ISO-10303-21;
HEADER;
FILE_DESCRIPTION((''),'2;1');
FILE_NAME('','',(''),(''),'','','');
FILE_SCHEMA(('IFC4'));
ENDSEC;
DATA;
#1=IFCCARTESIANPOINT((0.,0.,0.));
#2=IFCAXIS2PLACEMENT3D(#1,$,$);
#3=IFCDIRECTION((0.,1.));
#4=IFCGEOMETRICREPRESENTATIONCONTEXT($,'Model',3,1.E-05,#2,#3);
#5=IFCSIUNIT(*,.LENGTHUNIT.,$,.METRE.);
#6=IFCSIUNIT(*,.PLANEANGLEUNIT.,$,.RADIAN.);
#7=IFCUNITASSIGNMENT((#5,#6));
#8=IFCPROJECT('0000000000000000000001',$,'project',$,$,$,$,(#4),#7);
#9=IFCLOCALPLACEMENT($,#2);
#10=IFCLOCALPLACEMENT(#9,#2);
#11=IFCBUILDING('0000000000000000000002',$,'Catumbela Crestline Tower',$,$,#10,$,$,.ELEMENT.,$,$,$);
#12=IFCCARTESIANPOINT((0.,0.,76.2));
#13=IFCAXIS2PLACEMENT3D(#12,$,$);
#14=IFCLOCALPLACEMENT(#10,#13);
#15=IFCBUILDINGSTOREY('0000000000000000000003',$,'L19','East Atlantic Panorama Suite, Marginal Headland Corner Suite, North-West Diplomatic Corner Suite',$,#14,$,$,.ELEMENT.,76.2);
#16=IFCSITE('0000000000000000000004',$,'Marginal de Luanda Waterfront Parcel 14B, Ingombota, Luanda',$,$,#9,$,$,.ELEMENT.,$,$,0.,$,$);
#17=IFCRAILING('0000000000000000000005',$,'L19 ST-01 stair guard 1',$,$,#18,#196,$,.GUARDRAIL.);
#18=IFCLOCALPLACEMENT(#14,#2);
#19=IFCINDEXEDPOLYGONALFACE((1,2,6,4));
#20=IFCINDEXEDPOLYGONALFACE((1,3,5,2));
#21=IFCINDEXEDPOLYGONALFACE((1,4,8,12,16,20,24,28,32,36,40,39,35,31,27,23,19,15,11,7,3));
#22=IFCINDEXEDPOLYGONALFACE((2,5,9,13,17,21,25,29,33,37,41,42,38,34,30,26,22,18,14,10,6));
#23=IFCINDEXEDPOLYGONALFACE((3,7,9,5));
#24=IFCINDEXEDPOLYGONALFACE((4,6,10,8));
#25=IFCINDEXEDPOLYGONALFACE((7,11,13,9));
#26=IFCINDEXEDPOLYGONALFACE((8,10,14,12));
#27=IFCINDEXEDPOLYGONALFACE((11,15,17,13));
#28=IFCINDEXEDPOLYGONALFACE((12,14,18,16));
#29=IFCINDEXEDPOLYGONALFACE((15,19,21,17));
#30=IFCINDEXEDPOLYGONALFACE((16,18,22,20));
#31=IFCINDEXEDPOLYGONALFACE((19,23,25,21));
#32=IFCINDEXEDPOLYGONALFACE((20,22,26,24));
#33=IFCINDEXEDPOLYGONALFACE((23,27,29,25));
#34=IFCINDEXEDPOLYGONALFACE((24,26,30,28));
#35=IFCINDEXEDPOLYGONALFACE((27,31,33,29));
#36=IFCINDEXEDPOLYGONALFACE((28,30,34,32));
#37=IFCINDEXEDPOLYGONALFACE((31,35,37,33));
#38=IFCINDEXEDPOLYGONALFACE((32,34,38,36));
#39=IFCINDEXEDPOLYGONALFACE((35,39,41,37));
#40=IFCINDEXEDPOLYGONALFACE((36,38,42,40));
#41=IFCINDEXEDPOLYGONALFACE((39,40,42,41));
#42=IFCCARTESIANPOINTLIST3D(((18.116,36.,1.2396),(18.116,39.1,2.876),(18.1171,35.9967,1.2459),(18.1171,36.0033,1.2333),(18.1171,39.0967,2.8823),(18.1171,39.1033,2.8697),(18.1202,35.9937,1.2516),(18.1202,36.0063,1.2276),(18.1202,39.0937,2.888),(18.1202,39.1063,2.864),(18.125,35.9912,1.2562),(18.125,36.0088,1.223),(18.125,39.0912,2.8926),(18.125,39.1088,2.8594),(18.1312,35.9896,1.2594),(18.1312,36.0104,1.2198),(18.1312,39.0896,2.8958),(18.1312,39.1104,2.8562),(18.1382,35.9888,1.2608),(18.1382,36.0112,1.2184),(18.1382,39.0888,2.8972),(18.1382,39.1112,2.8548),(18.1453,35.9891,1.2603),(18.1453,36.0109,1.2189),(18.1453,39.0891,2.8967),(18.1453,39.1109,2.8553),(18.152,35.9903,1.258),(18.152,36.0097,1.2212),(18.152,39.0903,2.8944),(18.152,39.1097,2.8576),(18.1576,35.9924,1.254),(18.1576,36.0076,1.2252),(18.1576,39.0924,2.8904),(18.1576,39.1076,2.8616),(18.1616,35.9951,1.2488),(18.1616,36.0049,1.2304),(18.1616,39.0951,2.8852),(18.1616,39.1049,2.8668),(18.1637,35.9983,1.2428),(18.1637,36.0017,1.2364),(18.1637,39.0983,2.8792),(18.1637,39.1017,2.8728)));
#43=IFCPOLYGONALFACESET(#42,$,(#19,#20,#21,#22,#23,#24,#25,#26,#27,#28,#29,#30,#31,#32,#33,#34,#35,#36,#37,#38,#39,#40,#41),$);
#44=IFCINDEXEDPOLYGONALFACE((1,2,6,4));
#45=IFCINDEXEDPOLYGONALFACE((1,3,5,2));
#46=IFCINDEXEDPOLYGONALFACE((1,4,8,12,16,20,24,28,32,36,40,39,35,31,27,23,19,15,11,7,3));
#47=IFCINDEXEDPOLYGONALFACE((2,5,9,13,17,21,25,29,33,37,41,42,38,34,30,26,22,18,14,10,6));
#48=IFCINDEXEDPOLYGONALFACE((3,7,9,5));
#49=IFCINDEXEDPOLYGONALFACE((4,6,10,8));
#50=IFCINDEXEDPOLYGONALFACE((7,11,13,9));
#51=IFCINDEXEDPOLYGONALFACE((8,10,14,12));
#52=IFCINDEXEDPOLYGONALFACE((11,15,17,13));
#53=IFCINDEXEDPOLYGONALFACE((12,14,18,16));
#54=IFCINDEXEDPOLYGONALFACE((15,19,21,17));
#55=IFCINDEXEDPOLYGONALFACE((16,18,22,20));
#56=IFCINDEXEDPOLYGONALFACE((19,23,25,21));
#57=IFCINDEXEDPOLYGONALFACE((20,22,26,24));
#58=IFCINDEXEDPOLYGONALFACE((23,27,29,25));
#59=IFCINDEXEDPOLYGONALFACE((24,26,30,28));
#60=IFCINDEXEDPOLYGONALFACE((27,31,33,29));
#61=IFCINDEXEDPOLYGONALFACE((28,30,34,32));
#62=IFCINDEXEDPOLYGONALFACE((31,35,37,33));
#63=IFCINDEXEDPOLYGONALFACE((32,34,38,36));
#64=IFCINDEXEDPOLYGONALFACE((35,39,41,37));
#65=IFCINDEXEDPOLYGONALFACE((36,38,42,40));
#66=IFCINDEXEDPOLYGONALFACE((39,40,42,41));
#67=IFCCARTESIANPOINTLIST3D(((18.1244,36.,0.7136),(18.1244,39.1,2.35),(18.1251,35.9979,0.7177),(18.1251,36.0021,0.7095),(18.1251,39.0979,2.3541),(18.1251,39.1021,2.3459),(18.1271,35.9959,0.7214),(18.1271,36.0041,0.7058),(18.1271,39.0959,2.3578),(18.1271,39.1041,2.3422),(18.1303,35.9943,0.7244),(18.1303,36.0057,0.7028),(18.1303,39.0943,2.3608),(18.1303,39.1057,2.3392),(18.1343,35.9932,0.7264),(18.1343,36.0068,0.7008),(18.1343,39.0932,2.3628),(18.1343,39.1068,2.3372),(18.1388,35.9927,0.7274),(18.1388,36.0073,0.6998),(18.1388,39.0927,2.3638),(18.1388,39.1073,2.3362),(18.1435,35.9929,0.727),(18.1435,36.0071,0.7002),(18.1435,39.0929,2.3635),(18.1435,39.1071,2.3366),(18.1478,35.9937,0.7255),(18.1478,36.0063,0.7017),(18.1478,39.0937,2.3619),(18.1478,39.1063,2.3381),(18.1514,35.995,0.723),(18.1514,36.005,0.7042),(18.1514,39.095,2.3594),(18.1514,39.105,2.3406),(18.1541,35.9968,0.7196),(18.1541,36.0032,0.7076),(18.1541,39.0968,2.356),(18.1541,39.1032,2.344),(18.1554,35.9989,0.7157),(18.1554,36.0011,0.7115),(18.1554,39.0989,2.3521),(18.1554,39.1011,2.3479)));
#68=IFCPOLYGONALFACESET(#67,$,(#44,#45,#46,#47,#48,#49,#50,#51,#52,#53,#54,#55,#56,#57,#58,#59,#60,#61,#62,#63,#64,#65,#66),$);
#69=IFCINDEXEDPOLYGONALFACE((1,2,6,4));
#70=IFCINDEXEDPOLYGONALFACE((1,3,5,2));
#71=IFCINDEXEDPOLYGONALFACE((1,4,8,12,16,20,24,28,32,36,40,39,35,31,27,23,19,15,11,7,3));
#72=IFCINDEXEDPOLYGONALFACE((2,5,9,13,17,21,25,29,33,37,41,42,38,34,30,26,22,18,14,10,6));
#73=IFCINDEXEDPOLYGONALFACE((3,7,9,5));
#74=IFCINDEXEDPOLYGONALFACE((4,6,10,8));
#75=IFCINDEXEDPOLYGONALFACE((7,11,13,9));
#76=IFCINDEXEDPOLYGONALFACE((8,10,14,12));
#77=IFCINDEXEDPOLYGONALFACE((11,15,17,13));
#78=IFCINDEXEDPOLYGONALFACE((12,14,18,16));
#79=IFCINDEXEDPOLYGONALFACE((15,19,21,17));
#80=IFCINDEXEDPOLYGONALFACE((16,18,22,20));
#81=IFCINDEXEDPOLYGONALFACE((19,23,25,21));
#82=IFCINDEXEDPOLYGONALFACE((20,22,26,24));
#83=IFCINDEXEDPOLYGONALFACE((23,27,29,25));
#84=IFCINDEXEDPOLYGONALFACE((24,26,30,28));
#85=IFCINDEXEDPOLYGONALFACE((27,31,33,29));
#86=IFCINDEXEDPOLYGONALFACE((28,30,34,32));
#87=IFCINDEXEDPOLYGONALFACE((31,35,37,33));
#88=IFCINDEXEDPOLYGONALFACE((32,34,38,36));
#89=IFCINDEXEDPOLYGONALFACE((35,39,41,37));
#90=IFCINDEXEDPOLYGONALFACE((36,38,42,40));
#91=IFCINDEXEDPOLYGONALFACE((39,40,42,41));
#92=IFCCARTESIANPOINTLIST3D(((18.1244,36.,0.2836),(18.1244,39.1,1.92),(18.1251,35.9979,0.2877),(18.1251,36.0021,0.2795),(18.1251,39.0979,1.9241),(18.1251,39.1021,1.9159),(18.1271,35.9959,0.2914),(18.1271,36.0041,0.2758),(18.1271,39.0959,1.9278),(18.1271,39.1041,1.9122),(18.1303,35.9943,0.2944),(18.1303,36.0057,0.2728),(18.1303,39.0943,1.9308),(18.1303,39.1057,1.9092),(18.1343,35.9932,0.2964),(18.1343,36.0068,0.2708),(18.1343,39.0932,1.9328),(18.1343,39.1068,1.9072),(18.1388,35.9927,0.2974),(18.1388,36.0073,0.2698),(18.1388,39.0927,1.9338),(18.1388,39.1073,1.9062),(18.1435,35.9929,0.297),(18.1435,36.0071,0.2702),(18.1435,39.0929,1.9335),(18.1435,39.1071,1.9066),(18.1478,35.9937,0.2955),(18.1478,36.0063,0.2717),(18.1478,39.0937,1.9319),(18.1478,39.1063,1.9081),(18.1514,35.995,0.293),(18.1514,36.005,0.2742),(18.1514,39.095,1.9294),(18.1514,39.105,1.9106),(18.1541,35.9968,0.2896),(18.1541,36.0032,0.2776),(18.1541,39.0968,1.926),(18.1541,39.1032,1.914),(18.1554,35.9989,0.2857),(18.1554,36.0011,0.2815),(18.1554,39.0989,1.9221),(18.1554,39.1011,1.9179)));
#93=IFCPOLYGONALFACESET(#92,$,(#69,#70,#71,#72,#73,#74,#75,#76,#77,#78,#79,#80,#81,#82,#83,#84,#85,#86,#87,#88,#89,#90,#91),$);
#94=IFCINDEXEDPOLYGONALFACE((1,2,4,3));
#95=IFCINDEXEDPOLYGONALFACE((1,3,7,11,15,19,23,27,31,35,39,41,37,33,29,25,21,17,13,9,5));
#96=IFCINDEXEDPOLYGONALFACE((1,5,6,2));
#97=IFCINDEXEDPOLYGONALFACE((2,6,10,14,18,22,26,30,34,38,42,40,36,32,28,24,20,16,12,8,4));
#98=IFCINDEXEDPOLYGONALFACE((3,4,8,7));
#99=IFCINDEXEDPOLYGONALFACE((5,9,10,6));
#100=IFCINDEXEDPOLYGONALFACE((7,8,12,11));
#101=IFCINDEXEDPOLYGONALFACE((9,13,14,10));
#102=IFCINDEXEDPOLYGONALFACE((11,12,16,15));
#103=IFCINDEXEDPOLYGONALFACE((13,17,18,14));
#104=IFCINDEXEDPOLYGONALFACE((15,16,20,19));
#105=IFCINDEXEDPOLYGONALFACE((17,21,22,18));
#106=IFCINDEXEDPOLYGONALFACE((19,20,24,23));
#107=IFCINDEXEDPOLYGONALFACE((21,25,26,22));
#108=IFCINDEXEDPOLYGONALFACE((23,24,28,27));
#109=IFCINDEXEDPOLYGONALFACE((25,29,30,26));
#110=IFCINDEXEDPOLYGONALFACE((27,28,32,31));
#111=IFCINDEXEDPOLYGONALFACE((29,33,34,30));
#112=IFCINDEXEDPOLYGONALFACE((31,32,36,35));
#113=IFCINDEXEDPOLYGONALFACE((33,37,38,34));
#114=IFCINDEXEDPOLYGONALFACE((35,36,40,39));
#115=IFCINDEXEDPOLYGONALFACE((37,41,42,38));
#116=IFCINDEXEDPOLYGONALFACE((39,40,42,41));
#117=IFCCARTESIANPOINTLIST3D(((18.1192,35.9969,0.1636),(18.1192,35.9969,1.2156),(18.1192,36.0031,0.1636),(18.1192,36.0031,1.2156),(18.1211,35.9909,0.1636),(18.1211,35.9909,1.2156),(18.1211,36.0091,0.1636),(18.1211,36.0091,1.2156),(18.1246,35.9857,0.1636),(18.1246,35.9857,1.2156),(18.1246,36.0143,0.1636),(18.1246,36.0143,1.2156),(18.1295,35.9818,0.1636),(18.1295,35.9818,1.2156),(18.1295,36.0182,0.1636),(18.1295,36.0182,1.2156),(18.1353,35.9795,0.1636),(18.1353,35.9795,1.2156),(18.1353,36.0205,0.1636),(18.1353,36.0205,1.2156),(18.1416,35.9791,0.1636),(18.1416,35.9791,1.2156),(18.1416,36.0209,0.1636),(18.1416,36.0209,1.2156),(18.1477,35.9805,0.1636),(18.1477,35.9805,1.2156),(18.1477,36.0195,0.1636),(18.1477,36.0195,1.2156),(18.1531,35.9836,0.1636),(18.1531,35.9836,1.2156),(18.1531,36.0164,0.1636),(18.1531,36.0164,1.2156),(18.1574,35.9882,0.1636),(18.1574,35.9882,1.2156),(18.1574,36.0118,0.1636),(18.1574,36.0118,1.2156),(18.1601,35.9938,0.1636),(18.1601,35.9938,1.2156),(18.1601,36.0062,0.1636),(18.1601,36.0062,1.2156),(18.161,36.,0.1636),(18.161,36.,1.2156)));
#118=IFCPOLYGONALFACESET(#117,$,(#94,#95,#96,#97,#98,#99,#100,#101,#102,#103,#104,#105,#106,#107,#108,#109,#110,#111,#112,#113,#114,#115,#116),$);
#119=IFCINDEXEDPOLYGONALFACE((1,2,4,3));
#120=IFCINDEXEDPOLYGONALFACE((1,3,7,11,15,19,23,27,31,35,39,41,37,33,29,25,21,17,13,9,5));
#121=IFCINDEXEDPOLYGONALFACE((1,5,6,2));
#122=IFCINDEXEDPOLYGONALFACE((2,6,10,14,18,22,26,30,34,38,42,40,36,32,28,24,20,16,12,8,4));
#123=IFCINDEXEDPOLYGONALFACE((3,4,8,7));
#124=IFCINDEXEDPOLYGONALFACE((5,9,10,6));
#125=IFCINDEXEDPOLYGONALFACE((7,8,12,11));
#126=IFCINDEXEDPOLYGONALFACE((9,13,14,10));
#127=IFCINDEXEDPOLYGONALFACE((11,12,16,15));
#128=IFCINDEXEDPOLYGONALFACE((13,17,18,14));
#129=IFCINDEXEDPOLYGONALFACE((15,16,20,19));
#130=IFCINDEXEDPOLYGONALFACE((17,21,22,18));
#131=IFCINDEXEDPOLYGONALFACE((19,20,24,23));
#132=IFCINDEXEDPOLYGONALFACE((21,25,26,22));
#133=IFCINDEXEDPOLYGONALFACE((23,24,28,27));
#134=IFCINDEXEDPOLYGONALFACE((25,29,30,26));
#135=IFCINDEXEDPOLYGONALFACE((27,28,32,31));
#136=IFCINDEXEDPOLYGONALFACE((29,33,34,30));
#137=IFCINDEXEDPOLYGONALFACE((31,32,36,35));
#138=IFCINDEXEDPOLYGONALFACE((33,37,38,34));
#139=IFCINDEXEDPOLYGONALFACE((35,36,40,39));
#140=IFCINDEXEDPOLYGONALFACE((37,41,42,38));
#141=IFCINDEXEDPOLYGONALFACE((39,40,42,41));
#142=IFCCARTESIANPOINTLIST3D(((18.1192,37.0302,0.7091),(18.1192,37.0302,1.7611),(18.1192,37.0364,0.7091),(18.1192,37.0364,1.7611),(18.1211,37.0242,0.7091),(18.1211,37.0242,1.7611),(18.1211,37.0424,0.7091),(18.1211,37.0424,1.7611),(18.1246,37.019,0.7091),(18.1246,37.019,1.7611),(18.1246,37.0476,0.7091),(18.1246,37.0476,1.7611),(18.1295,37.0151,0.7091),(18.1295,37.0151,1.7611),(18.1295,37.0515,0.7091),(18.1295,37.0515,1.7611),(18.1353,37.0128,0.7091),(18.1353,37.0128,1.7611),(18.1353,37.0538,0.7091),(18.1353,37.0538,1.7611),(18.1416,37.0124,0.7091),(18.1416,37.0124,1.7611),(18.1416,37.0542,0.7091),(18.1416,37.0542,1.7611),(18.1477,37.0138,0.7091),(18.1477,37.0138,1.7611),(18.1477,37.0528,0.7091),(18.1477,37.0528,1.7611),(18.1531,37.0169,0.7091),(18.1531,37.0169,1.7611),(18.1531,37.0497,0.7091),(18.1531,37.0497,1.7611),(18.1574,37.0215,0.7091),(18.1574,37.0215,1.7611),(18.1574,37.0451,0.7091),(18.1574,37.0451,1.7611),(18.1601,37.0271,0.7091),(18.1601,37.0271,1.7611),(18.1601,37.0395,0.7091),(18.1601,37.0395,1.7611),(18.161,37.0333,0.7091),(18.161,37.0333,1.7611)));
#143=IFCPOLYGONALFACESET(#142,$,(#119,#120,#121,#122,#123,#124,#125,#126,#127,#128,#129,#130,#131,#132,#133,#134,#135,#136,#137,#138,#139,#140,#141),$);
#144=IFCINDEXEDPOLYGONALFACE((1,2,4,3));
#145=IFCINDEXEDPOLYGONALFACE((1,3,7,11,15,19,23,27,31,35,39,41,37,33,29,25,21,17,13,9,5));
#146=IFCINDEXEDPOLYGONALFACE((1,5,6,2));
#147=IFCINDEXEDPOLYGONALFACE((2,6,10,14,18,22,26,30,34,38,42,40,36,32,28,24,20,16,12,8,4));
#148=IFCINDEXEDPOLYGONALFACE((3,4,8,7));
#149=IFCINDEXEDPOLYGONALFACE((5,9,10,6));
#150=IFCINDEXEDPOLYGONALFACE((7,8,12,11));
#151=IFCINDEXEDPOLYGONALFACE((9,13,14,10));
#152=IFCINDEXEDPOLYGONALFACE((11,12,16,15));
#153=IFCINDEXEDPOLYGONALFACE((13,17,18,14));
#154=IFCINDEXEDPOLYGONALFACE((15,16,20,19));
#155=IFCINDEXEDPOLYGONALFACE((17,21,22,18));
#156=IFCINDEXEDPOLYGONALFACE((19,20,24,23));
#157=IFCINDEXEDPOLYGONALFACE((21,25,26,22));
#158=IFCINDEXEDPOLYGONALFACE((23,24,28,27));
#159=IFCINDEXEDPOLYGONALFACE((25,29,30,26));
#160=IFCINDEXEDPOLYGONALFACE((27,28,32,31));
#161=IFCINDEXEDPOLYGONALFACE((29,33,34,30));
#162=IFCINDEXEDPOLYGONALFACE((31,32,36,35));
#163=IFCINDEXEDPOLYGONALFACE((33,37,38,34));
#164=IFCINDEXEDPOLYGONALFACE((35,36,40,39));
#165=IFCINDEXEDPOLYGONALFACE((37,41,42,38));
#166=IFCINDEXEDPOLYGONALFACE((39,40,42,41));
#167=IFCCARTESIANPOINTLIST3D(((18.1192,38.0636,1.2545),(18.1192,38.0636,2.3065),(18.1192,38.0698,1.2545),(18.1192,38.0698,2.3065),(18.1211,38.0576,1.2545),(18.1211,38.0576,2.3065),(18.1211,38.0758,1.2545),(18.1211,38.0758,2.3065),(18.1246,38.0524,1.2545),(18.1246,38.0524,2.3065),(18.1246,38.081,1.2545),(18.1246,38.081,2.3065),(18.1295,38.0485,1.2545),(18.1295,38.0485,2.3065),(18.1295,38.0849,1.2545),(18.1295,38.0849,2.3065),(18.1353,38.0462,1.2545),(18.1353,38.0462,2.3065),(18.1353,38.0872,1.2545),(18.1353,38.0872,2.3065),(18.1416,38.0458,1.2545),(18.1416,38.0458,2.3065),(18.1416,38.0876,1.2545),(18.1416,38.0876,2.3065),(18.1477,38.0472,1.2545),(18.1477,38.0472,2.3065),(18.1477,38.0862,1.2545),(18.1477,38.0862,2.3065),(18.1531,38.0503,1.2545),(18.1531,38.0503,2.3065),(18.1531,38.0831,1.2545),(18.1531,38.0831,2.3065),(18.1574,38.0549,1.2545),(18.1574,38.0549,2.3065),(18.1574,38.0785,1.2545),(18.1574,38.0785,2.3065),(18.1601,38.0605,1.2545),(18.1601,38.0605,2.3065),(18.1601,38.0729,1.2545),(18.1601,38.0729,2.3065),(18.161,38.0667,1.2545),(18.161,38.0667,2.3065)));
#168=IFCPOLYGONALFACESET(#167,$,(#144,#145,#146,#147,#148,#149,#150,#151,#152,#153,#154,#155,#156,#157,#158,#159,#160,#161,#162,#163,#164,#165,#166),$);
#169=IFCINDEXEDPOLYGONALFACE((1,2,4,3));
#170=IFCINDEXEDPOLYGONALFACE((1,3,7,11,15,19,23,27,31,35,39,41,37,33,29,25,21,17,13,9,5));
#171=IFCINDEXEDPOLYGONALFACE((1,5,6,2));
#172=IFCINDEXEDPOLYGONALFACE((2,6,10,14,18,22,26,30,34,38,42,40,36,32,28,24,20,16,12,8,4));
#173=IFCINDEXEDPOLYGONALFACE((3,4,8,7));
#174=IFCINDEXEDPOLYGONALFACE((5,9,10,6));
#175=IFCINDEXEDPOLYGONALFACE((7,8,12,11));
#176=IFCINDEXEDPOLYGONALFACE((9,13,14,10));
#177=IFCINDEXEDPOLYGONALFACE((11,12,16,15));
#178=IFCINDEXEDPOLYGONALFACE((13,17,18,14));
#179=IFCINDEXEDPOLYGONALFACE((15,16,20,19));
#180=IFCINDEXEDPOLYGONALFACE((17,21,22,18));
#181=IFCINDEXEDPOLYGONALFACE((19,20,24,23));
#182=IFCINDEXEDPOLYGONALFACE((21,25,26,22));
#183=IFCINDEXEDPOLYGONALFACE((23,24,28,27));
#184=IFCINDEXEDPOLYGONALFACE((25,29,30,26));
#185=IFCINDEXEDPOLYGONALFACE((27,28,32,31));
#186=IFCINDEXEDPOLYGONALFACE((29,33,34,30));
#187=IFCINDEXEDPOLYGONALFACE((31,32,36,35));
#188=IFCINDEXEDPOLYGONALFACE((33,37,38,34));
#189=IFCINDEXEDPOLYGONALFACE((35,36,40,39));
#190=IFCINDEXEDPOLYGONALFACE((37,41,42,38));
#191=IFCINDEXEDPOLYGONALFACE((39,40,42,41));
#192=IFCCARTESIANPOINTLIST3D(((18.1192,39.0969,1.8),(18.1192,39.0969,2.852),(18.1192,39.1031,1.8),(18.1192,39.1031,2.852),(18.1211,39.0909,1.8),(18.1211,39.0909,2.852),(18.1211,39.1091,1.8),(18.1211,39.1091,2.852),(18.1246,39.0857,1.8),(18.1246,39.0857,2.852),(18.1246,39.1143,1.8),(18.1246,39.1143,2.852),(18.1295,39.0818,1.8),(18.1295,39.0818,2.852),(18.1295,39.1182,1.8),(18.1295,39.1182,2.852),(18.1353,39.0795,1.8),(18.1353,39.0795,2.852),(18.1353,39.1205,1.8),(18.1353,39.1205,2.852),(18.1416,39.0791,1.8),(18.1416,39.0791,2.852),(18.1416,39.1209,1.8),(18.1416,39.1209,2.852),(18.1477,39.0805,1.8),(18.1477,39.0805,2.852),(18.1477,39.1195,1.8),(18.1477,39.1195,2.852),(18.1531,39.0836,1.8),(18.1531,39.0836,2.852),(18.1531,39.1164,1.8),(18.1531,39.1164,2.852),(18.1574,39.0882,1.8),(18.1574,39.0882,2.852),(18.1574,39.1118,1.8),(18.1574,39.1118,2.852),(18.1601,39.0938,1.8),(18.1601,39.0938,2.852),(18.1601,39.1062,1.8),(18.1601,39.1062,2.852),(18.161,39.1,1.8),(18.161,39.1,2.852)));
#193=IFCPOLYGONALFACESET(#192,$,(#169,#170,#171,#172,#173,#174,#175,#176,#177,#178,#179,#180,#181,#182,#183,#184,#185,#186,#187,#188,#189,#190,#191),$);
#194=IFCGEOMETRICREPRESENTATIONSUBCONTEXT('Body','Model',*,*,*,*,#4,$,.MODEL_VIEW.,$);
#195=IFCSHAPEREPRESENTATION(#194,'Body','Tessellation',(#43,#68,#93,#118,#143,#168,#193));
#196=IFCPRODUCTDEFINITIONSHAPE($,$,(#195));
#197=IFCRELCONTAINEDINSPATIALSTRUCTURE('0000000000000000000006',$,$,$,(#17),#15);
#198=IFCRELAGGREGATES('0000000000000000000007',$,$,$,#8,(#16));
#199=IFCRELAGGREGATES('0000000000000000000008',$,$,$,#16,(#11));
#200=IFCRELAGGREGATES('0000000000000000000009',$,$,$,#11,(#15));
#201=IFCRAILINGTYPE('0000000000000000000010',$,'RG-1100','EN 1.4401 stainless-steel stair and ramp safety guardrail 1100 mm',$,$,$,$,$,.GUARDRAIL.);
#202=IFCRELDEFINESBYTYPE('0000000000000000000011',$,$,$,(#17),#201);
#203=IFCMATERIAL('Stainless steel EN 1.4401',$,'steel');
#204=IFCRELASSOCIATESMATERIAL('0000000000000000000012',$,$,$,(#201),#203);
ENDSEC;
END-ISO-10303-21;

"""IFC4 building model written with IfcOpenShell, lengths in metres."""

from ifc_helpers import new_model, si_unit, direction, frame, origin, origin_2d, place, context, subcontext, project, spatial, circle, extrude, material, type_object, element, save


model = new_model("IFC4")

# Units and contexts
model_context = context("Model", 3, precision=1e-05, world=origin(), true_north=direction((0.0, 1.0)))
body_context = subcontext(model_context, "Body", "Model", "MODEL_VIEW")
ifc_project = project(units=[si_unit("LENGTHUNIT", "METRE"), si_unit("PLANEANGLEUNIT", "RADIAN")], contexts=[model_context])

# Site, building, storey
site_placement = place(None, origin())
site = spatial("IfcSite", under=ifc_project, at=site_placement, Name="Marginal de Luanda Waterfront Parcel 14B, Ingombota, Luanda", CompositionType="ELEMENT", RefElevation=0.0)
building_placement = place(site_placement, origin())
building = spatial("IfcBuilding", under=site, at=building_placement, Name="Catumbela Crestline Tower", CompositionType="ELEMENT")
storey_placement = place(building_placement, frame((0.0, 0.0, 76.2)))
storey = spatial("IfcBuildingStorey", under=building, at=storey_placement, Name="L19", Description="East Atlantic Panorama Suite, Marginal Headland Corner Suite, North-West Diplomatic Corner Suite", CompositionType="ELEMENT", Elevation=76.2)

# Shared definitions
ifc_material_1 = material(Name="Stainless steel EN 1.4401", Category="steel")

# Railing
railing_type_1 = type_object("IfcRailingType", Name="RG-1100", Description="EN 1.4401 stainless-steel stair and ramp safety guardrail 1100 mm", PredefinedType="GUARDRAIL", material=ifc_material_1)
railing_1_placement = place(storey_placement, frame((18.14, 36.0, 0.1636)))
element("IfcRailing", 1, at=railing_1_placement, inside=storey, type_object=railing_type_1, Name="L19 ST-01 stair guard 1", PredefinedType="GUARDRAIL", context=body_context, shape_type="SweptSolid", body=[
    extrude(circle(Radius=0.024, at=origin_2d()), frame((0.0, 0.0, 1.076), z_axis=(0.0, 0.884351, 0.466823), x_axis=(-1.0, 0.0, 0.0)), (0.0, 0.0, 1.0), 3.5054),
    extrude(circle(Radius=0.0156, at=origin_2d()), frame((0.0, 0.0, 0.55), z_axis=(0.0, 0.884351, 0.466823), x_axis=(-1.0, 0.0, 0.0)), (0.0, 0.0, 1.0), 3.5054),
    extrude(circle(Radius=0.0156, at=origin_2d()), frame((0.0, 0.0, 0.12), z_axis=(0.0, 0.884351, 0.466823), x_axis=(-1.0, 0.0, 0.0)), (0.0, 0.0, 1.0), 3.5054),
    extrude(circle(Radius=0.021, at=origin_2d()), origin(), (0.0, 0.0, 1.0), 1.052),
    extrude(circle(Radius=0.021, at=origin_2d()), frame((0.0, 1.0333, 0.5455)), (0.0, 0.0, 1.0), 1.052),
    extrude(circle(Radius=0.021, at=origin_2d()), frame((0.0, 2.0667, 1.0909)), (0.0, 0.0, 1.0), 1.052),
    extrude(circle(Radius=0.021, at=origin_2d()), frame((0.0, 3.1, 1.6364)), (0.0, 0.0, 1.0), 1.052),
])

save(model, "model.ifc")
